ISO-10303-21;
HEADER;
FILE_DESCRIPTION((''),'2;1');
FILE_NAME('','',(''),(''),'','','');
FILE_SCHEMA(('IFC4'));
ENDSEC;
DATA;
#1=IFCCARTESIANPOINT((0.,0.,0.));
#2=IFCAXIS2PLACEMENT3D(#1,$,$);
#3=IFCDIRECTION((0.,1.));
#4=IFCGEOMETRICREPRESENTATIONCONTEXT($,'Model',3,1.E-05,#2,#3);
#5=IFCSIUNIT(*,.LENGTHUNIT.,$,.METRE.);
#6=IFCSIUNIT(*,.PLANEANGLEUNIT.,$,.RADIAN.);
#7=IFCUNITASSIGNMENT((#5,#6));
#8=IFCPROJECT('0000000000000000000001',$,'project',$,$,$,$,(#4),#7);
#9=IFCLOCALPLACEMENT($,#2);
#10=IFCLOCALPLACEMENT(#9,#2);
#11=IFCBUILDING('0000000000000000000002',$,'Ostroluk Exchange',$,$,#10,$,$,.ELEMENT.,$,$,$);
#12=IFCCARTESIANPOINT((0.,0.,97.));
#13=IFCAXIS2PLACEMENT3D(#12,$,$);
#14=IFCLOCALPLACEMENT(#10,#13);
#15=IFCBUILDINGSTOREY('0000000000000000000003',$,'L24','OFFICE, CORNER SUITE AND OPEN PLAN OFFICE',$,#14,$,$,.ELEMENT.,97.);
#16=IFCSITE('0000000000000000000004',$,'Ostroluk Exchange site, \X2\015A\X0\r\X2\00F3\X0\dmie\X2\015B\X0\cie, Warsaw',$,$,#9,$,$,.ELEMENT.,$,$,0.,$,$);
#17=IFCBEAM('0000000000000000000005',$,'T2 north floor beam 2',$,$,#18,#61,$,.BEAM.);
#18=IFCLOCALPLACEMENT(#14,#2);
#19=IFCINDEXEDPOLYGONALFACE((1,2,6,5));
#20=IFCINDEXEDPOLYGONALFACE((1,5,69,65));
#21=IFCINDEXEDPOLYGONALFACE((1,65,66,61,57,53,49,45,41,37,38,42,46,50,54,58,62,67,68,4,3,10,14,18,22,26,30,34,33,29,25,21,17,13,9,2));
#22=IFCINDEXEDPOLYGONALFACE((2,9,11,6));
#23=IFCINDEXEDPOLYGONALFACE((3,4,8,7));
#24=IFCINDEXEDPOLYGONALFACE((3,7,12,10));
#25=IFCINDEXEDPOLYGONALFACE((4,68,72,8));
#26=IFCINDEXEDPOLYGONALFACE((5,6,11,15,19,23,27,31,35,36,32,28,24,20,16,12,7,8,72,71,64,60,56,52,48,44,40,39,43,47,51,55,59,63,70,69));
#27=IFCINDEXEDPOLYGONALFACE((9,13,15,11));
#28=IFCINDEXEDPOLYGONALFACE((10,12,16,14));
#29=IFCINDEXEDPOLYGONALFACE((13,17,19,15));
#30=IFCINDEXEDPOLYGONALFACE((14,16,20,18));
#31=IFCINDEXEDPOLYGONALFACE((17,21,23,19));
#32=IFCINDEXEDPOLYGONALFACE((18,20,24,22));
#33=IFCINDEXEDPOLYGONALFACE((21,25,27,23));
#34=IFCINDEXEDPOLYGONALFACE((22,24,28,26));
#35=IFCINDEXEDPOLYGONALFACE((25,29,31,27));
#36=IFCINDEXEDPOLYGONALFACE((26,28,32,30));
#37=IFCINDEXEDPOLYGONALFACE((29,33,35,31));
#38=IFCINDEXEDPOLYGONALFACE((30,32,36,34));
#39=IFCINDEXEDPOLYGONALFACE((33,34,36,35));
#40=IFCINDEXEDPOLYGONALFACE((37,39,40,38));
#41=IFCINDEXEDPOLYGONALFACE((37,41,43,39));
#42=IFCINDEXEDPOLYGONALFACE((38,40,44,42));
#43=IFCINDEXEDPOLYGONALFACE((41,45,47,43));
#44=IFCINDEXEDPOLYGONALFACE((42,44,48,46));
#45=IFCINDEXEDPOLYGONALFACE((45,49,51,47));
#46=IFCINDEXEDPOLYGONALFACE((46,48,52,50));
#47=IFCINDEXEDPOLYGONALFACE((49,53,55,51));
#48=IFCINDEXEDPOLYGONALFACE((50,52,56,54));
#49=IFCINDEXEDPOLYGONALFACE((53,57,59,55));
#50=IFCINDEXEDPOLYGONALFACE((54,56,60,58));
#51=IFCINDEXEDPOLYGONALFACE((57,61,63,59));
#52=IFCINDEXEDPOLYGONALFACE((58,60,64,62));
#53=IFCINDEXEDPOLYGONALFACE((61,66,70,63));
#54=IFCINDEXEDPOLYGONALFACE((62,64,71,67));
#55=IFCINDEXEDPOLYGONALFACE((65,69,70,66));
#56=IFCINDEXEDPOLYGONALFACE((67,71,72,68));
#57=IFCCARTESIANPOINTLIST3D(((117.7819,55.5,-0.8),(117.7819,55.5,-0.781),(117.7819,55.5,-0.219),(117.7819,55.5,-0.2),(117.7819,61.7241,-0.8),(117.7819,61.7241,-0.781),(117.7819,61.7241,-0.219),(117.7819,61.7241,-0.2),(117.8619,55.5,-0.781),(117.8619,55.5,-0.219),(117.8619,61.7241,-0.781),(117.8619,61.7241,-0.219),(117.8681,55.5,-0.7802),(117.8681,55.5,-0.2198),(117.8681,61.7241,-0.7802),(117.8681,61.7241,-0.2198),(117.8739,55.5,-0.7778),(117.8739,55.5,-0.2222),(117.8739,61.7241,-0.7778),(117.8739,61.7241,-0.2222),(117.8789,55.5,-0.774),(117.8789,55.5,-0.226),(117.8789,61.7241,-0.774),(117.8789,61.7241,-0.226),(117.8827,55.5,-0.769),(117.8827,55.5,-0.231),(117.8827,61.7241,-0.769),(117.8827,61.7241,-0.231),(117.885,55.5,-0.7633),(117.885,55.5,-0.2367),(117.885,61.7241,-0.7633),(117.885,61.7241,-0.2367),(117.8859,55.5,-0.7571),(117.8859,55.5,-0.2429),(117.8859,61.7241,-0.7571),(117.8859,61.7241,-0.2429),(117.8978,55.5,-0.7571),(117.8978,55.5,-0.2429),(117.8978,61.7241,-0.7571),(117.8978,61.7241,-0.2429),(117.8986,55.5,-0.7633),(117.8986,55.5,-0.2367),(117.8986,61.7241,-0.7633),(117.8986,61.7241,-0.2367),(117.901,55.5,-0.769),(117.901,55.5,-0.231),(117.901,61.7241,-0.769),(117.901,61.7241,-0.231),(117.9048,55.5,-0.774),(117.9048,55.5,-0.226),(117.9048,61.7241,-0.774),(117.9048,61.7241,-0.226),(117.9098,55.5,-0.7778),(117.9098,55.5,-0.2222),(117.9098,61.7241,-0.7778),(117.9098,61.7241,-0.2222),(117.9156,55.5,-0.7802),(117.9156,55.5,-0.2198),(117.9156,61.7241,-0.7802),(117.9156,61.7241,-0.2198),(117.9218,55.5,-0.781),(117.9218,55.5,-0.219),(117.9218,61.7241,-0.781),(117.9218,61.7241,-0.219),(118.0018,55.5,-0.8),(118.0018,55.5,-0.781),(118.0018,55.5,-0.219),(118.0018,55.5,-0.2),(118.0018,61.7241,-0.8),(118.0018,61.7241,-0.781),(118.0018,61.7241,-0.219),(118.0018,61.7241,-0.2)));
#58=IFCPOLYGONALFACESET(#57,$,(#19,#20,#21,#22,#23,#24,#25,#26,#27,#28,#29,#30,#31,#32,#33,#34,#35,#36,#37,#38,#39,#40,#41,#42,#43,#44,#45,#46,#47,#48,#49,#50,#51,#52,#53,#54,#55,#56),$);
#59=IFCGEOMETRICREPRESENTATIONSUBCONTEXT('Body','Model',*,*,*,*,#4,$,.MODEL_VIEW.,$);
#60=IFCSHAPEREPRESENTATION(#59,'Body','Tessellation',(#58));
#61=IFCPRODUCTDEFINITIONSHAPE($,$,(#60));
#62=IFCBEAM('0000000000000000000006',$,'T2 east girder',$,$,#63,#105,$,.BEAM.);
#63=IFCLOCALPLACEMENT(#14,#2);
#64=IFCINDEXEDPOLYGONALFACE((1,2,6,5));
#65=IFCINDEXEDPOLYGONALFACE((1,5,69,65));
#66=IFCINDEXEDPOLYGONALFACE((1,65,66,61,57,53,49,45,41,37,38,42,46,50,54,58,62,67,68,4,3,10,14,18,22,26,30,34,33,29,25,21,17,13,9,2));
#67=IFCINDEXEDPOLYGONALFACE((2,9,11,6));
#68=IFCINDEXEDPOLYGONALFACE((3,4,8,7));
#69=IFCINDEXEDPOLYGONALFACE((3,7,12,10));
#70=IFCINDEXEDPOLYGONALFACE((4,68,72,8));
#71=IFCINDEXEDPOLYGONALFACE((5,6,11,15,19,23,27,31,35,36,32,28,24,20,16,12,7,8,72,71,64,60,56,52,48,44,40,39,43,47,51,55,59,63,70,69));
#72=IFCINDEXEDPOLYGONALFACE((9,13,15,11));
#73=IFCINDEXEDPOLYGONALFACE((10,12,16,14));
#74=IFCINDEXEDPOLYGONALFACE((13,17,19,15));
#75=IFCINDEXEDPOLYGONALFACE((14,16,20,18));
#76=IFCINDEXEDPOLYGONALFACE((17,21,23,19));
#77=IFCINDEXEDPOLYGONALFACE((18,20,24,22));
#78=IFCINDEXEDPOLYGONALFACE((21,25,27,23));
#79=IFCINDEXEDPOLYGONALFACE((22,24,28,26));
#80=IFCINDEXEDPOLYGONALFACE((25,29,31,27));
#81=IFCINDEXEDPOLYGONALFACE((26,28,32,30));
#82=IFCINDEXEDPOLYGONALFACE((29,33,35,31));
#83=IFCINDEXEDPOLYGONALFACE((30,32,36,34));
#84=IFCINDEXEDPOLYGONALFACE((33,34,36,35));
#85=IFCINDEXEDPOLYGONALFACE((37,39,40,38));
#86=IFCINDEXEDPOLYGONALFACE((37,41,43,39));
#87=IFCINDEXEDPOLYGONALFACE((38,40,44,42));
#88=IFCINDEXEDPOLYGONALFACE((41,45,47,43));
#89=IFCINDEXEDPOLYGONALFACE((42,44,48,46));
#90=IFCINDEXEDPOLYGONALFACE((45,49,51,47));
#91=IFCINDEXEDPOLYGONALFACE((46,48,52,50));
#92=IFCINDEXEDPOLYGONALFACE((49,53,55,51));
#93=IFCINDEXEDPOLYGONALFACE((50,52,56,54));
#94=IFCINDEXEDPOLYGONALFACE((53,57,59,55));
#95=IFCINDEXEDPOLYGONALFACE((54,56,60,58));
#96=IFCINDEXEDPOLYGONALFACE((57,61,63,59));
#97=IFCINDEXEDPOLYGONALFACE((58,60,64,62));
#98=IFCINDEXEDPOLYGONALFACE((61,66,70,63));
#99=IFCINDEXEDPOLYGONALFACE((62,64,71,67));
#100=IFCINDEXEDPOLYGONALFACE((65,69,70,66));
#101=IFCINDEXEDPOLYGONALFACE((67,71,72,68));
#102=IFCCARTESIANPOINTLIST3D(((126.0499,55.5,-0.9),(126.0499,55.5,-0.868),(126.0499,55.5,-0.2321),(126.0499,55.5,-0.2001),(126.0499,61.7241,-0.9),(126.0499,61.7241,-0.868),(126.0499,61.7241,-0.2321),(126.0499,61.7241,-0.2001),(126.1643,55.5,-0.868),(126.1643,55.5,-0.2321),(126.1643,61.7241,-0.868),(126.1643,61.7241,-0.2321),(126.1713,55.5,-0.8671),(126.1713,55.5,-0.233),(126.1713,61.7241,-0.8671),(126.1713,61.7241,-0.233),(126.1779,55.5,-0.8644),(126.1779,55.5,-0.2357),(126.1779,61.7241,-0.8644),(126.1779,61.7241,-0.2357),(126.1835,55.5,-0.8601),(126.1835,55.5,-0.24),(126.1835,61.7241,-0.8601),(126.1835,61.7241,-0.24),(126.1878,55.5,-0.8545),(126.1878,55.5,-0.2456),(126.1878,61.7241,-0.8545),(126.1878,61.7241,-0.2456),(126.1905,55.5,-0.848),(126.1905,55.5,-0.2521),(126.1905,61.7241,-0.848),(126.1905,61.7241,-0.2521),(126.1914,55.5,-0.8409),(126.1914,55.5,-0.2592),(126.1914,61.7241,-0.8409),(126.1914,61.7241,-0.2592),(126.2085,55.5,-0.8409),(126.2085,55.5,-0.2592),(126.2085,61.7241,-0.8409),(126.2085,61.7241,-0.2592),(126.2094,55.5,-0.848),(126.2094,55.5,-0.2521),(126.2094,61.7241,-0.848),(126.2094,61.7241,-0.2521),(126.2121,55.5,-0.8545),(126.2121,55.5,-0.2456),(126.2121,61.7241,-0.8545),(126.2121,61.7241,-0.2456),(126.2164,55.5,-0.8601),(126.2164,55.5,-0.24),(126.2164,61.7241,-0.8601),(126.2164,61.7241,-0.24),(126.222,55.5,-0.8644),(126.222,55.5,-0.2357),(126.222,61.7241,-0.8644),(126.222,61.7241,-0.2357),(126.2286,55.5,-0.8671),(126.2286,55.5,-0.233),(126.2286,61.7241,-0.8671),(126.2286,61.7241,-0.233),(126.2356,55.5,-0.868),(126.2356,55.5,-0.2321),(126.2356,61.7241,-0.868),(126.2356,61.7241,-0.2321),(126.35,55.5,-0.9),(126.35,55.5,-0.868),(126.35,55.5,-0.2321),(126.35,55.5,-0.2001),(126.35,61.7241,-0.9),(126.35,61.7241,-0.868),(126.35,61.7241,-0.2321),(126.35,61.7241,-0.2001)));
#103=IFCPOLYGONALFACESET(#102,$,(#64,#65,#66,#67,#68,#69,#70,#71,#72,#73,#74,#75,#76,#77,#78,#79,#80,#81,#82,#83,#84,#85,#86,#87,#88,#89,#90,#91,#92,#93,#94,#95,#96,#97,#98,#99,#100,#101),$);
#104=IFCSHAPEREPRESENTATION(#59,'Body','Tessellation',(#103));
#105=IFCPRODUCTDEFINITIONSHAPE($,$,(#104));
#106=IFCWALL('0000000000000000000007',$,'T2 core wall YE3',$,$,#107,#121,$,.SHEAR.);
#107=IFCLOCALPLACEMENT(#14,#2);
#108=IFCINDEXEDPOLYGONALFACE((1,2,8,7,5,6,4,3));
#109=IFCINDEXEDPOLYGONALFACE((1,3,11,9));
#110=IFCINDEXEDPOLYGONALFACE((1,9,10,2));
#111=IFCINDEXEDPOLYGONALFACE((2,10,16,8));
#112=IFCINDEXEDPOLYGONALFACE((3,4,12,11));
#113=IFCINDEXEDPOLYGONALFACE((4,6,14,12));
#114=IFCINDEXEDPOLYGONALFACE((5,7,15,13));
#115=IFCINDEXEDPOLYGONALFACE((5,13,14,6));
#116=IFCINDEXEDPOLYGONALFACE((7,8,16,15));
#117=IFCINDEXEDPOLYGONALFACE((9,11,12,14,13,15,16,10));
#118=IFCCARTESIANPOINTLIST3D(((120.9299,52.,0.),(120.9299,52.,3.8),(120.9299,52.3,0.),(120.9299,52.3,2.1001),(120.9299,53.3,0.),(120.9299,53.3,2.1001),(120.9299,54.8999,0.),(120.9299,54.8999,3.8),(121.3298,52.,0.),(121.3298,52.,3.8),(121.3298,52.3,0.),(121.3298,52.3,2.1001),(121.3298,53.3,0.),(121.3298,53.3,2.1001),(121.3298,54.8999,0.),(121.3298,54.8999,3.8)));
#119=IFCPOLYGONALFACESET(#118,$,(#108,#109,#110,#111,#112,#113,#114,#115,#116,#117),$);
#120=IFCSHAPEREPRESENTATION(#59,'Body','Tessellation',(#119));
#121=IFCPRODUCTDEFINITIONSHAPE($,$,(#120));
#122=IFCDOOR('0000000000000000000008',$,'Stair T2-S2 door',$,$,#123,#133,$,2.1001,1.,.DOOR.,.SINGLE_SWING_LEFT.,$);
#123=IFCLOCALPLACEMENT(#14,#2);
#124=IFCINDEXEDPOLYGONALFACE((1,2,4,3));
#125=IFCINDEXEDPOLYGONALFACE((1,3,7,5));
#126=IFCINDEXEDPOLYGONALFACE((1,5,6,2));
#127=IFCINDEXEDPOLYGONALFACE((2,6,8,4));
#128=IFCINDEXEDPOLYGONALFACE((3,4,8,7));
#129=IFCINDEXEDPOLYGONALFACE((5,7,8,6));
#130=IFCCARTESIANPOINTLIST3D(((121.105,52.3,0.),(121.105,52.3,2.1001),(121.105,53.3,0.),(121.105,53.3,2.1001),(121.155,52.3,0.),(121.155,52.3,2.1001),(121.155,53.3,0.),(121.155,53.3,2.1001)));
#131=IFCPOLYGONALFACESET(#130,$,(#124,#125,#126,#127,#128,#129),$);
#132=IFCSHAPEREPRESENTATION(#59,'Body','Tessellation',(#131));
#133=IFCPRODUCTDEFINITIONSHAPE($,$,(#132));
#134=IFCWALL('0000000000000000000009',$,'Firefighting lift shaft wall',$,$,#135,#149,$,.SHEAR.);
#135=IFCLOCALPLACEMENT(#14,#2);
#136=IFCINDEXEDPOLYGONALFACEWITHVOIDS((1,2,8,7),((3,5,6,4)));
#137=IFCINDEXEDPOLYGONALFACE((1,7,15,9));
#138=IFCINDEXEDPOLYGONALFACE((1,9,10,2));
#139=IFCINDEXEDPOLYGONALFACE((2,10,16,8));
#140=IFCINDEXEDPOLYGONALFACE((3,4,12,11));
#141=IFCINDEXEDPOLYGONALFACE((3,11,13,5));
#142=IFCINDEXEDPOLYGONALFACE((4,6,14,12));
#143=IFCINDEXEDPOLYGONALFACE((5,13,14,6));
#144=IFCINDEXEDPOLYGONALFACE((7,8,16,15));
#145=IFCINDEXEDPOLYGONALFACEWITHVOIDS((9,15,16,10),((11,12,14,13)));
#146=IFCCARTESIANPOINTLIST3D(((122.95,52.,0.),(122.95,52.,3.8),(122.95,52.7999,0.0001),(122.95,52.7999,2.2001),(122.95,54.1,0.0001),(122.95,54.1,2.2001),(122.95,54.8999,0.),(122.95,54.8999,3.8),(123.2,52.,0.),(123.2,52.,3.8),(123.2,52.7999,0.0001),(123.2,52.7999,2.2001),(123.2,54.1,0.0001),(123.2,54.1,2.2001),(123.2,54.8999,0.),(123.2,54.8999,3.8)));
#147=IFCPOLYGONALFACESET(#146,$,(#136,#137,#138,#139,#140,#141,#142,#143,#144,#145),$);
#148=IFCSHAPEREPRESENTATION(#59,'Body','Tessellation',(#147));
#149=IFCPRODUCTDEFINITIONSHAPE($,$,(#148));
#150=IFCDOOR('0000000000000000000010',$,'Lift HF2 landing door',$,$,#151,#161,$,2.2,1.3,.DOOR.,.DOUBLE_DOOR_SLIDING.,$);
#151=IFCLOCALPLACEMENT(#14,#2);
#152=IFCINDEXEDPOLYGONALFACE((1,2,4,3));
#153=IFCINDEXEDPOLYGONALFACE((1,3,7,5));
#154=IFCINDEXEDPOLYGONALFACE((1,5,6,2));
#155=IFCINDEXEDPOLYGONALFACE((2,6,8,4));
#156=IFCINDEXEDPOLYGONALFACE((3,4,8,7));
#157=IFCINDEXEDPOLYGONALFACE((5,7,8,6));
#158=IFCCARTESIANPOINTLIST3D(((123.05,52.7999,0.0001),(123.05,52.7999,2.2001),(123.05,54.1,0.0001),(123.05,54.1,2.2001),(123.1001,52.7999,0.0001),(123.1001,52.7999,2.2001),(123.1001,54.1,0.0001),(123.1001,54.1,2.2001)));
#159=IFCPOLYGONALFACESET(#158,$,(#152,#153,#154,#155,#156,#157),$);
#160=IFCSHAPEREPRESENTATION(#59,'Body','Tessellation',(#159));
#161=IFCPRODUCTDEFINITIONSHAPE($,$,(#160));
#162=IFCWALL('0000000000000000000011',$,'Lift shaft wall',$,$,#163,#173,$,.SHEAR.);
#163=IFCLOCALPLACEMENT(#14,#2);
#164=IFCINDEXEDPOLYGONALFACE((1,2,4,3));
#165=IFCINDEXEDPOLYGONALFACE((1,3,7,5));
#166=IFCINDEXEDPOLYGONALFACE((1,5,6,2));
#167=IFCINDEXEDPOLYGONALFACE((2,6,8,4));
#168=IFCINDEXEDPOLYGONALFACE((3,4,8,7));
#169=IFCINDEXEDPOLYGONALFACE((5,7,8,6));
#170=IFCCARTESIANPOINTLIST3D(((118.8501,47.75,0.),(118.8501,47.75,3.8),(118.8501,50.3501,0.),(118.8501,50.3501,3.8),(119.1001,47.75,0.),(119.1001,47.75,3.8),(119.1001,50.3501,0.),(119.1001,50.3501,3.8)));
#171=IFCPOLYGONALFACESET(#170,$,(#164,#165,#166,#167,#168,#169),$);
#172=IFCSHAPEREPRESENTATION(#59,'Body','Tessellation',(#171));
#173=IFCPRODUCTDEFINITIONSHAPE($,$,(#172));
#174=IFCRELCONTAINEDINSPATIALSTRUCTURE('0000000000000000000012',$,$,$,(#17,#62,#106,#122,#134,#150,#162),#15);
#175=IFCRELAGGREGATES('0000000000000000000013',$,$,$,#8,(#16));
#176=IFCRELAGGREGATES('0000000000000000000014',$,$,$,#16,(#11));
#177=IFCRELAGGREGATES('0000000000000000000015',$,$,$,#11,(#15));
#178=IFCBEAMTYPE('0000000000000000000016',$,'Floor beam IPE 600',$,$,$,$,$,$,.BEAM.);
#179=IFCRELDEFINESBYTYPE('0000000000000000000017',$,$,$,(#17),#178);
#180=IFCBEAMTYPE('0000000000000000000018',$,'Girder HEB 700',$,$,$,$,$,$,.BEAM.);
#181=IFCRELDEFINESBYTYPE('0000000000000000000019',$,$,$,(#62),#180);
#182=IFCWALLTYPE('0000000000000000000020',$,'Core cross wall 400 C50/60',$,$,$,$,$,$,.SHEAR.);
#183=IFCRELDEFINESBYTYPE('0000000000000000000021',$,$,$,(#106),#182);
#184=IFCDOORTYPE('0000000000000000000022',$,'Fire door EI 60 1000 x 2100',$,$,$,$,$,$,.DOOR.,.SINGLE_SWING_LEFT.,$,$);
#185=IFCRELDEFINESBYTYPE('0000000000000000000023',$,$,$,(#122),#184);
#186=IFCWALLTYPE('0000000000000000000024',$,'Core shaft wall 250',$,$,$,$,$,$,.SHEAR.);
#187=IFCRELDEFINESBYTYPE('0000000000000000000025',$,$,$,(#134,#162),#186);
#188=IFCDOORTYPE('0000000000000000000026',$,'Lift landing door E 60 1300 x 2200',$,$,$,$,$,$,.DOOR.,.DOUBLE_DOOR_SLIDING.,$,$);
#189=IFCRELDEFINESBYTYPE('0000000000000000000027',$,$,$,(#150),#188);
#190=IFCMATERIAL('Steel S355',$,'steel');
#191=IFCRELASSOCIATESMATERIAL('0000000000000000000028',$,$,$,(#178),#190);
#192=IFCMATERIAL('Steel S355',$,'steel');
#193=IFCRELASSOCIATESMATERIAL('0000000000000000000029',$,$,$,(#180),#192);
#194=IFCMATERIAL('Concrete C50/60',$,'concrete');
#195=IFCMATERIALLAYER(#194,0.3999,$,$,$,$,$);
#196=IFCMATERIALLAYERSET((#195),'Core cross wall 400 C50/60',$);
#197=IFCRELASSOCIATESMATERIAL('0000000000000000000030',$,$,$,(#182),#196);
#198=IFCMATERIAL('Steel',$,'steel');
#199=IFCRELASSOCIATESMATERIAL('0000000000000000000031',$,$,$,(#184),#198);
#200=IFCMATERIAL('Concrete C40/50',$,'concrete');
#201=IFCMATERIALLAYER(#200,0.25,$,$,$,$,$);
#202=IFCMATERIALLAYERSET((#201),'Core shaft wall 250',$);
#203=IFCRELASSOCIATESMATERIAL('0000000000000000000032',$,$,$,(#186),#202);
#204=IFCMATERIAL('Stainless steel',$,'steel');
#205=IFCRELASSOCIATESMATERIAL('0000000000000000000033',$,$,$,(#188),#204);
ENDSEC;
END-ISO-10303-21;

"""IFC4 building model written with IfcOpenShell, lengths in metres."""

from ifc_helpers import new_model, si_unit, direction, frame, frame_2d, origin, origin_2d, place, context, subcontext, project, spatial, rectangle, i_section, extrude, material, layer, layer_set, material_profile, profile_set, type_object, element, fill, save


model = new_model("IFC4")

# Units and contexts
model_context = context("Model", 3, precision=1e-05, world=origin(), true_north=direction((0.0, 1.0)))
body_context = subcontext(model_context, "Body", "Model", "MODEL_VIEW")
ifc_project = project(units=[si_unit("LENGTHUNIT", "METRE"), si_unit("PLANEANGLEUNIT", "RADIAN")], contexts=[model_context])

# Site, building, storey
site_placement = place(None, origin())
site = spatial("IfcSite", under=ifc_project, at=site_placement, Name="Ostroluk Exchange site, Śródmieście, Warsaw", CompositionType="ELEMENT", RefElevation=0.0)
building_placement = place(site_placement, origin())
building = spatial("IfcBuilding", under=site, at=building_placement, Name="Ostroluk Exchange", CompositionType="ELEMENT")
storey_placement = place(building_placement, frame((0.0, 0.0, 97.0)))
storey = spatial("IfcBuildingStorey", under=building, at=storey_placement, Name="L24", Description="OFFICE, CORNER SUITE AND OPEN PLAN OFFICE", CompositionType="ELEMENT", Elevation=97.0)

# Beams
ifc_material_1 = material(Name="Steel S355", Category="steel")
ifc_material_profile_1 = material_profile(ifc_material_1, i_section(OverallWidth=0.22, OverallDepth=0.6001, WebThickness=0.012, FlangeThickness=0.019, FilletRadius=0.0239, at=origin_2d()), Name="IPE 600")
ifc_profile_set_1 = profile_set([ifc_material_profile_1], Name="Steel S355")
beam_type_1 = type_object("IfcBeamType", Name="Floor beam IPE 600", PredefinedType="BEAM", material=ifc_profile_set_1)
for number, where, z_axis, x_axis, name in (
    (1, (117.8918, 55.5, -0.5), (0.0, 1.0, 0.0), (-1.0, 0.0, 0.0), "T2 north floor beam 2"),
):
    element("IfcBeam", number, at=place(storey_placement, frame(where, z_axis=z_axis, x_axis=x_axis)), inside=storey, type_object=beam_type_1, Name=name, PredefinedType="BEAM", context=body_context, shape_type="SweptSolid", body=[
        extrude(i_section(OverallWidth=0.22, OverallDepth=0.6001, WebThickness=0.012, FlangeThickness=0.019, FilletRadius=0.0239, at=origin_2d()), origin(), (0.0, 0.0, 1.0), 6.2241),
    ])
ifc_material_2 = material(Name="Steel S355", Category="steel")
ifc_material_profile_2 = material_profile(ifc_material_2, i_section(OverallWidth=0.3, OverallDepth=0.7, WebThickness=0.0171, FlangeThickness=0.032, FilletRadius=0.0271, at=origin_2d()), Name="HEB 700")
ifc_profile_set_2 = profile_set([ifc_material_profile_2], Name="Steel S355")
beam_type_2 = type_object("IfcBeamType", Name="Girder HEB 700", PredefinedType="BEAM", material=ifc_profile_set_2)
beam_1_placement = place(storey_placement, frame((126.2, 55.5, -0.55), z_axis=(0.0, 1.0, 0.0), x_axis=(-1.0, 0.0, 0.0)))
element("IfcBeam", 2, at=beam_1_placement, inside=storey, type_object=beam_type_2, Name="T2 east girder", PredefinedType="BEAM", context=body_context, shape_type="SweptSolid", body=[
    extrude(i_section(OverallWidth=0.3, OverallDepth=0.7, WebThickness=0.0171, FlangeThickness=0.032, FilletRadius=0.0271, at=origin_2d()), origin(), (0.0, 0.0, 1.0), 6.2241),
])

# Walls, openings, doors
ifc_material_3 = material(Name="Concrete C50/60", Category="concrete")
ifc_layer_1 = layer(ifc_material_3, 0.3999)
ifc_layer_set_1 = layer_set([ifc_layer_1], Name="Core cross wall 400 C50/60")
wall_type_1 = type_object("IfcWallType", Name="Core cross wall 400 C50/60", PredefinedType="SHEAR", material=ifc_layer_set_1)
wall_1_placement = place(storey_placement, frame((121.1299, 52.0, 0.0), z_axis=(0.0, 0.0, 1.0), x_axis=(0.0, 1.0, 0.0)))
wall_1 = element("IfcWall", 3, at=wall_1_placement, inside=storey, type_object=wall_type_1, Name="T2 core wall YE3", PredefinedType="SHEAR", context=body_context, shape_type="SweptSolid", body=[
    extrude(rectangle(XDim=2.8999, YDim=0.3999, at=frame_2d((1.45, 0.0))), origin(), (0.0, 0.0, 1.0), 3.8),
])
opening_1_placement = place(wall_1_placement, frame((0.3, 0.0, 0.0)))
opening_1 = element("IfcOpeningElement", 4, at=opening_1_placement, cuts=wall_1, PredefinedType="OPENING", context=body_context, shape_type="SweptSolid", body=[
    extrude(rectangle(XDim=1.0, YDim=2.1001, at=frame_2d((0.5, 1.05))), frame((0.0, 0.21, 0.0), z_axis=(0.0, -1.0, 0.0), x_axis=(1.0, 0.0, 0.0)), (0.0, 0.0, 1.0), 0.4199),
])
ifc_material_4 = material(Name="Steel", Category="steel")
door_type_1 = type_object("IfcDoorType", Name="Fire door EI 60 1000 x 2100", OperationType="SINGLE_SWING_LEFT", PredefinedType="DOOR", material=ifc_material_4)
door_1_placement = place(opening_1_placement, origin())
door_1 = element("IfcDoor", 5, at=door_1_placement, inside=storey, type_object=door_type_1, Name="Stair T2-S2 door", OperationType="SINGLE_SWING_LEFT", OverallHeight=2.1001, OverallWidth=1.0, PredefinedType="DOOR", context=body_context, shape_type="SweptSolid", body=[
    extrude(rectangle(XDim=1.0, YDim=2.1001, at=frame_2d((0.5, 1.05))), frame((0.0, 0.0249, 0.0), z_axis=(0.0, -1.0, 0.0), x_axis=(1.0, 0.0, 0.0)), (0.0, 0.0, 1.0), 0.05),
])
fill(opening_1, door_1)
ifc_material_5 = material(Name="Concrete C40/50", Category="concrete")
ifc_layer_2 = layer(ifc_material_5, 0.25)
ifc_layer_set_2 = layer_set([ifc_layer_2], Name="Core shaft wall 250")
wall_type_2 = type_object("IfcWallType", Name="Core shaft wall 250", PredefinedType="SHEAR", material=ifc_layer_set_2)
wall_2_placement = place(storey_placement, frame((123.075, 52.0, 0.0), z_axis=(0.0, 0.0, 1.0), x_axis=(0.0, 1.0, 0.0)))
wall_2 = element("IfcWall", 6, at=wall_2_placement, inside=storey, type_object=wall_type_2, Name="Firefighting lift shaft wall", PredefinedType="SHEAR", context=body_context, shape_type="SweptSolid", body=[
    extrude(rectangle(XDim=2.8999, YDim=0.25, at=frame_2d((1.45, 0.0))), origin(), (0.0, 0.0, 1.0), 3.8),
])
opening_2_placement = place(wall_2_placement, frame((0.8, 0.0, 0.0)))
opening_2 = element("IfcOpeningElement", 7, at=opening_2_placement, cuts=wall_2, PredefinedType="OPENING", context=body_context, shape_type="SweptSolid", body=[
    extrude(rectangle(XDim=1.3, YDim=2.2, at=frame_2d((0.6499, 1.1001))), frame((0.0, 0.135, 0.0), z_axis=(0.0, -1.0, 0.0), x_axis=(1.0, 0.0, 0.0)), (0.0, 0.0, 1.0), 0.27),
])
ifc_material_6 = material(Name="Stainless steel", Category="steel")
door_type_2 = type_object("IfcDoorType", Name="Lift landing door E 60 1300 x 2200", OperationType="DOUBLE_DOOR_SLIDING", PredefinedType="DOOR", material=ifc_material_6)
door_2_placement = place(opening_2_placement, origin())
door_2 = element("IfcDoor", 8, at=door_2_placement, inside=storey, type_object=door_type_2, Name="Lift HF2 landing door", OperationType="DOUBLE_DOOR_SLIDING", OverallHeight=2.2, OverallWidth=1.3, PredefinedType="DOOR", context=body_context, shape_type="SweptSolid", body=[
    extrude(rectangle(XDim=1.3, YDim=2.2, at=frame_2d((0.6499, 1.1001))), frame((0.0, 0.0249, 0.0), z_axis=(0.0, -1.0, 0.0), x_axis=(1.0, 0.0, 0.0)), (0.0, 0.0, 1.0), 0.05),
])
fill(opening_2, door_2)

# Wall
wall_3_placement = place(storey_placement, frame((118.9751, 47.75, 0.0), z_axis=(0.0, 0.0, 1.0), x_axis=(0.0, 1.0, 0.0)))
element("IfcWall", 9, at=wall_3_placement, inside=storey, type_object=wall_type_2, Name="Lift shaft wall", PredefinedType="SHEAR", context=body_context, shape_type="SweptSolid", body=[
    extrude(rectangle(XDim=2.6001, YDim=0.25, at=frame_2d((1.3, 0.0))), origin(), (0.0, 0.0, 1.0), 3.8),
])

save(model, "model.ifc")
